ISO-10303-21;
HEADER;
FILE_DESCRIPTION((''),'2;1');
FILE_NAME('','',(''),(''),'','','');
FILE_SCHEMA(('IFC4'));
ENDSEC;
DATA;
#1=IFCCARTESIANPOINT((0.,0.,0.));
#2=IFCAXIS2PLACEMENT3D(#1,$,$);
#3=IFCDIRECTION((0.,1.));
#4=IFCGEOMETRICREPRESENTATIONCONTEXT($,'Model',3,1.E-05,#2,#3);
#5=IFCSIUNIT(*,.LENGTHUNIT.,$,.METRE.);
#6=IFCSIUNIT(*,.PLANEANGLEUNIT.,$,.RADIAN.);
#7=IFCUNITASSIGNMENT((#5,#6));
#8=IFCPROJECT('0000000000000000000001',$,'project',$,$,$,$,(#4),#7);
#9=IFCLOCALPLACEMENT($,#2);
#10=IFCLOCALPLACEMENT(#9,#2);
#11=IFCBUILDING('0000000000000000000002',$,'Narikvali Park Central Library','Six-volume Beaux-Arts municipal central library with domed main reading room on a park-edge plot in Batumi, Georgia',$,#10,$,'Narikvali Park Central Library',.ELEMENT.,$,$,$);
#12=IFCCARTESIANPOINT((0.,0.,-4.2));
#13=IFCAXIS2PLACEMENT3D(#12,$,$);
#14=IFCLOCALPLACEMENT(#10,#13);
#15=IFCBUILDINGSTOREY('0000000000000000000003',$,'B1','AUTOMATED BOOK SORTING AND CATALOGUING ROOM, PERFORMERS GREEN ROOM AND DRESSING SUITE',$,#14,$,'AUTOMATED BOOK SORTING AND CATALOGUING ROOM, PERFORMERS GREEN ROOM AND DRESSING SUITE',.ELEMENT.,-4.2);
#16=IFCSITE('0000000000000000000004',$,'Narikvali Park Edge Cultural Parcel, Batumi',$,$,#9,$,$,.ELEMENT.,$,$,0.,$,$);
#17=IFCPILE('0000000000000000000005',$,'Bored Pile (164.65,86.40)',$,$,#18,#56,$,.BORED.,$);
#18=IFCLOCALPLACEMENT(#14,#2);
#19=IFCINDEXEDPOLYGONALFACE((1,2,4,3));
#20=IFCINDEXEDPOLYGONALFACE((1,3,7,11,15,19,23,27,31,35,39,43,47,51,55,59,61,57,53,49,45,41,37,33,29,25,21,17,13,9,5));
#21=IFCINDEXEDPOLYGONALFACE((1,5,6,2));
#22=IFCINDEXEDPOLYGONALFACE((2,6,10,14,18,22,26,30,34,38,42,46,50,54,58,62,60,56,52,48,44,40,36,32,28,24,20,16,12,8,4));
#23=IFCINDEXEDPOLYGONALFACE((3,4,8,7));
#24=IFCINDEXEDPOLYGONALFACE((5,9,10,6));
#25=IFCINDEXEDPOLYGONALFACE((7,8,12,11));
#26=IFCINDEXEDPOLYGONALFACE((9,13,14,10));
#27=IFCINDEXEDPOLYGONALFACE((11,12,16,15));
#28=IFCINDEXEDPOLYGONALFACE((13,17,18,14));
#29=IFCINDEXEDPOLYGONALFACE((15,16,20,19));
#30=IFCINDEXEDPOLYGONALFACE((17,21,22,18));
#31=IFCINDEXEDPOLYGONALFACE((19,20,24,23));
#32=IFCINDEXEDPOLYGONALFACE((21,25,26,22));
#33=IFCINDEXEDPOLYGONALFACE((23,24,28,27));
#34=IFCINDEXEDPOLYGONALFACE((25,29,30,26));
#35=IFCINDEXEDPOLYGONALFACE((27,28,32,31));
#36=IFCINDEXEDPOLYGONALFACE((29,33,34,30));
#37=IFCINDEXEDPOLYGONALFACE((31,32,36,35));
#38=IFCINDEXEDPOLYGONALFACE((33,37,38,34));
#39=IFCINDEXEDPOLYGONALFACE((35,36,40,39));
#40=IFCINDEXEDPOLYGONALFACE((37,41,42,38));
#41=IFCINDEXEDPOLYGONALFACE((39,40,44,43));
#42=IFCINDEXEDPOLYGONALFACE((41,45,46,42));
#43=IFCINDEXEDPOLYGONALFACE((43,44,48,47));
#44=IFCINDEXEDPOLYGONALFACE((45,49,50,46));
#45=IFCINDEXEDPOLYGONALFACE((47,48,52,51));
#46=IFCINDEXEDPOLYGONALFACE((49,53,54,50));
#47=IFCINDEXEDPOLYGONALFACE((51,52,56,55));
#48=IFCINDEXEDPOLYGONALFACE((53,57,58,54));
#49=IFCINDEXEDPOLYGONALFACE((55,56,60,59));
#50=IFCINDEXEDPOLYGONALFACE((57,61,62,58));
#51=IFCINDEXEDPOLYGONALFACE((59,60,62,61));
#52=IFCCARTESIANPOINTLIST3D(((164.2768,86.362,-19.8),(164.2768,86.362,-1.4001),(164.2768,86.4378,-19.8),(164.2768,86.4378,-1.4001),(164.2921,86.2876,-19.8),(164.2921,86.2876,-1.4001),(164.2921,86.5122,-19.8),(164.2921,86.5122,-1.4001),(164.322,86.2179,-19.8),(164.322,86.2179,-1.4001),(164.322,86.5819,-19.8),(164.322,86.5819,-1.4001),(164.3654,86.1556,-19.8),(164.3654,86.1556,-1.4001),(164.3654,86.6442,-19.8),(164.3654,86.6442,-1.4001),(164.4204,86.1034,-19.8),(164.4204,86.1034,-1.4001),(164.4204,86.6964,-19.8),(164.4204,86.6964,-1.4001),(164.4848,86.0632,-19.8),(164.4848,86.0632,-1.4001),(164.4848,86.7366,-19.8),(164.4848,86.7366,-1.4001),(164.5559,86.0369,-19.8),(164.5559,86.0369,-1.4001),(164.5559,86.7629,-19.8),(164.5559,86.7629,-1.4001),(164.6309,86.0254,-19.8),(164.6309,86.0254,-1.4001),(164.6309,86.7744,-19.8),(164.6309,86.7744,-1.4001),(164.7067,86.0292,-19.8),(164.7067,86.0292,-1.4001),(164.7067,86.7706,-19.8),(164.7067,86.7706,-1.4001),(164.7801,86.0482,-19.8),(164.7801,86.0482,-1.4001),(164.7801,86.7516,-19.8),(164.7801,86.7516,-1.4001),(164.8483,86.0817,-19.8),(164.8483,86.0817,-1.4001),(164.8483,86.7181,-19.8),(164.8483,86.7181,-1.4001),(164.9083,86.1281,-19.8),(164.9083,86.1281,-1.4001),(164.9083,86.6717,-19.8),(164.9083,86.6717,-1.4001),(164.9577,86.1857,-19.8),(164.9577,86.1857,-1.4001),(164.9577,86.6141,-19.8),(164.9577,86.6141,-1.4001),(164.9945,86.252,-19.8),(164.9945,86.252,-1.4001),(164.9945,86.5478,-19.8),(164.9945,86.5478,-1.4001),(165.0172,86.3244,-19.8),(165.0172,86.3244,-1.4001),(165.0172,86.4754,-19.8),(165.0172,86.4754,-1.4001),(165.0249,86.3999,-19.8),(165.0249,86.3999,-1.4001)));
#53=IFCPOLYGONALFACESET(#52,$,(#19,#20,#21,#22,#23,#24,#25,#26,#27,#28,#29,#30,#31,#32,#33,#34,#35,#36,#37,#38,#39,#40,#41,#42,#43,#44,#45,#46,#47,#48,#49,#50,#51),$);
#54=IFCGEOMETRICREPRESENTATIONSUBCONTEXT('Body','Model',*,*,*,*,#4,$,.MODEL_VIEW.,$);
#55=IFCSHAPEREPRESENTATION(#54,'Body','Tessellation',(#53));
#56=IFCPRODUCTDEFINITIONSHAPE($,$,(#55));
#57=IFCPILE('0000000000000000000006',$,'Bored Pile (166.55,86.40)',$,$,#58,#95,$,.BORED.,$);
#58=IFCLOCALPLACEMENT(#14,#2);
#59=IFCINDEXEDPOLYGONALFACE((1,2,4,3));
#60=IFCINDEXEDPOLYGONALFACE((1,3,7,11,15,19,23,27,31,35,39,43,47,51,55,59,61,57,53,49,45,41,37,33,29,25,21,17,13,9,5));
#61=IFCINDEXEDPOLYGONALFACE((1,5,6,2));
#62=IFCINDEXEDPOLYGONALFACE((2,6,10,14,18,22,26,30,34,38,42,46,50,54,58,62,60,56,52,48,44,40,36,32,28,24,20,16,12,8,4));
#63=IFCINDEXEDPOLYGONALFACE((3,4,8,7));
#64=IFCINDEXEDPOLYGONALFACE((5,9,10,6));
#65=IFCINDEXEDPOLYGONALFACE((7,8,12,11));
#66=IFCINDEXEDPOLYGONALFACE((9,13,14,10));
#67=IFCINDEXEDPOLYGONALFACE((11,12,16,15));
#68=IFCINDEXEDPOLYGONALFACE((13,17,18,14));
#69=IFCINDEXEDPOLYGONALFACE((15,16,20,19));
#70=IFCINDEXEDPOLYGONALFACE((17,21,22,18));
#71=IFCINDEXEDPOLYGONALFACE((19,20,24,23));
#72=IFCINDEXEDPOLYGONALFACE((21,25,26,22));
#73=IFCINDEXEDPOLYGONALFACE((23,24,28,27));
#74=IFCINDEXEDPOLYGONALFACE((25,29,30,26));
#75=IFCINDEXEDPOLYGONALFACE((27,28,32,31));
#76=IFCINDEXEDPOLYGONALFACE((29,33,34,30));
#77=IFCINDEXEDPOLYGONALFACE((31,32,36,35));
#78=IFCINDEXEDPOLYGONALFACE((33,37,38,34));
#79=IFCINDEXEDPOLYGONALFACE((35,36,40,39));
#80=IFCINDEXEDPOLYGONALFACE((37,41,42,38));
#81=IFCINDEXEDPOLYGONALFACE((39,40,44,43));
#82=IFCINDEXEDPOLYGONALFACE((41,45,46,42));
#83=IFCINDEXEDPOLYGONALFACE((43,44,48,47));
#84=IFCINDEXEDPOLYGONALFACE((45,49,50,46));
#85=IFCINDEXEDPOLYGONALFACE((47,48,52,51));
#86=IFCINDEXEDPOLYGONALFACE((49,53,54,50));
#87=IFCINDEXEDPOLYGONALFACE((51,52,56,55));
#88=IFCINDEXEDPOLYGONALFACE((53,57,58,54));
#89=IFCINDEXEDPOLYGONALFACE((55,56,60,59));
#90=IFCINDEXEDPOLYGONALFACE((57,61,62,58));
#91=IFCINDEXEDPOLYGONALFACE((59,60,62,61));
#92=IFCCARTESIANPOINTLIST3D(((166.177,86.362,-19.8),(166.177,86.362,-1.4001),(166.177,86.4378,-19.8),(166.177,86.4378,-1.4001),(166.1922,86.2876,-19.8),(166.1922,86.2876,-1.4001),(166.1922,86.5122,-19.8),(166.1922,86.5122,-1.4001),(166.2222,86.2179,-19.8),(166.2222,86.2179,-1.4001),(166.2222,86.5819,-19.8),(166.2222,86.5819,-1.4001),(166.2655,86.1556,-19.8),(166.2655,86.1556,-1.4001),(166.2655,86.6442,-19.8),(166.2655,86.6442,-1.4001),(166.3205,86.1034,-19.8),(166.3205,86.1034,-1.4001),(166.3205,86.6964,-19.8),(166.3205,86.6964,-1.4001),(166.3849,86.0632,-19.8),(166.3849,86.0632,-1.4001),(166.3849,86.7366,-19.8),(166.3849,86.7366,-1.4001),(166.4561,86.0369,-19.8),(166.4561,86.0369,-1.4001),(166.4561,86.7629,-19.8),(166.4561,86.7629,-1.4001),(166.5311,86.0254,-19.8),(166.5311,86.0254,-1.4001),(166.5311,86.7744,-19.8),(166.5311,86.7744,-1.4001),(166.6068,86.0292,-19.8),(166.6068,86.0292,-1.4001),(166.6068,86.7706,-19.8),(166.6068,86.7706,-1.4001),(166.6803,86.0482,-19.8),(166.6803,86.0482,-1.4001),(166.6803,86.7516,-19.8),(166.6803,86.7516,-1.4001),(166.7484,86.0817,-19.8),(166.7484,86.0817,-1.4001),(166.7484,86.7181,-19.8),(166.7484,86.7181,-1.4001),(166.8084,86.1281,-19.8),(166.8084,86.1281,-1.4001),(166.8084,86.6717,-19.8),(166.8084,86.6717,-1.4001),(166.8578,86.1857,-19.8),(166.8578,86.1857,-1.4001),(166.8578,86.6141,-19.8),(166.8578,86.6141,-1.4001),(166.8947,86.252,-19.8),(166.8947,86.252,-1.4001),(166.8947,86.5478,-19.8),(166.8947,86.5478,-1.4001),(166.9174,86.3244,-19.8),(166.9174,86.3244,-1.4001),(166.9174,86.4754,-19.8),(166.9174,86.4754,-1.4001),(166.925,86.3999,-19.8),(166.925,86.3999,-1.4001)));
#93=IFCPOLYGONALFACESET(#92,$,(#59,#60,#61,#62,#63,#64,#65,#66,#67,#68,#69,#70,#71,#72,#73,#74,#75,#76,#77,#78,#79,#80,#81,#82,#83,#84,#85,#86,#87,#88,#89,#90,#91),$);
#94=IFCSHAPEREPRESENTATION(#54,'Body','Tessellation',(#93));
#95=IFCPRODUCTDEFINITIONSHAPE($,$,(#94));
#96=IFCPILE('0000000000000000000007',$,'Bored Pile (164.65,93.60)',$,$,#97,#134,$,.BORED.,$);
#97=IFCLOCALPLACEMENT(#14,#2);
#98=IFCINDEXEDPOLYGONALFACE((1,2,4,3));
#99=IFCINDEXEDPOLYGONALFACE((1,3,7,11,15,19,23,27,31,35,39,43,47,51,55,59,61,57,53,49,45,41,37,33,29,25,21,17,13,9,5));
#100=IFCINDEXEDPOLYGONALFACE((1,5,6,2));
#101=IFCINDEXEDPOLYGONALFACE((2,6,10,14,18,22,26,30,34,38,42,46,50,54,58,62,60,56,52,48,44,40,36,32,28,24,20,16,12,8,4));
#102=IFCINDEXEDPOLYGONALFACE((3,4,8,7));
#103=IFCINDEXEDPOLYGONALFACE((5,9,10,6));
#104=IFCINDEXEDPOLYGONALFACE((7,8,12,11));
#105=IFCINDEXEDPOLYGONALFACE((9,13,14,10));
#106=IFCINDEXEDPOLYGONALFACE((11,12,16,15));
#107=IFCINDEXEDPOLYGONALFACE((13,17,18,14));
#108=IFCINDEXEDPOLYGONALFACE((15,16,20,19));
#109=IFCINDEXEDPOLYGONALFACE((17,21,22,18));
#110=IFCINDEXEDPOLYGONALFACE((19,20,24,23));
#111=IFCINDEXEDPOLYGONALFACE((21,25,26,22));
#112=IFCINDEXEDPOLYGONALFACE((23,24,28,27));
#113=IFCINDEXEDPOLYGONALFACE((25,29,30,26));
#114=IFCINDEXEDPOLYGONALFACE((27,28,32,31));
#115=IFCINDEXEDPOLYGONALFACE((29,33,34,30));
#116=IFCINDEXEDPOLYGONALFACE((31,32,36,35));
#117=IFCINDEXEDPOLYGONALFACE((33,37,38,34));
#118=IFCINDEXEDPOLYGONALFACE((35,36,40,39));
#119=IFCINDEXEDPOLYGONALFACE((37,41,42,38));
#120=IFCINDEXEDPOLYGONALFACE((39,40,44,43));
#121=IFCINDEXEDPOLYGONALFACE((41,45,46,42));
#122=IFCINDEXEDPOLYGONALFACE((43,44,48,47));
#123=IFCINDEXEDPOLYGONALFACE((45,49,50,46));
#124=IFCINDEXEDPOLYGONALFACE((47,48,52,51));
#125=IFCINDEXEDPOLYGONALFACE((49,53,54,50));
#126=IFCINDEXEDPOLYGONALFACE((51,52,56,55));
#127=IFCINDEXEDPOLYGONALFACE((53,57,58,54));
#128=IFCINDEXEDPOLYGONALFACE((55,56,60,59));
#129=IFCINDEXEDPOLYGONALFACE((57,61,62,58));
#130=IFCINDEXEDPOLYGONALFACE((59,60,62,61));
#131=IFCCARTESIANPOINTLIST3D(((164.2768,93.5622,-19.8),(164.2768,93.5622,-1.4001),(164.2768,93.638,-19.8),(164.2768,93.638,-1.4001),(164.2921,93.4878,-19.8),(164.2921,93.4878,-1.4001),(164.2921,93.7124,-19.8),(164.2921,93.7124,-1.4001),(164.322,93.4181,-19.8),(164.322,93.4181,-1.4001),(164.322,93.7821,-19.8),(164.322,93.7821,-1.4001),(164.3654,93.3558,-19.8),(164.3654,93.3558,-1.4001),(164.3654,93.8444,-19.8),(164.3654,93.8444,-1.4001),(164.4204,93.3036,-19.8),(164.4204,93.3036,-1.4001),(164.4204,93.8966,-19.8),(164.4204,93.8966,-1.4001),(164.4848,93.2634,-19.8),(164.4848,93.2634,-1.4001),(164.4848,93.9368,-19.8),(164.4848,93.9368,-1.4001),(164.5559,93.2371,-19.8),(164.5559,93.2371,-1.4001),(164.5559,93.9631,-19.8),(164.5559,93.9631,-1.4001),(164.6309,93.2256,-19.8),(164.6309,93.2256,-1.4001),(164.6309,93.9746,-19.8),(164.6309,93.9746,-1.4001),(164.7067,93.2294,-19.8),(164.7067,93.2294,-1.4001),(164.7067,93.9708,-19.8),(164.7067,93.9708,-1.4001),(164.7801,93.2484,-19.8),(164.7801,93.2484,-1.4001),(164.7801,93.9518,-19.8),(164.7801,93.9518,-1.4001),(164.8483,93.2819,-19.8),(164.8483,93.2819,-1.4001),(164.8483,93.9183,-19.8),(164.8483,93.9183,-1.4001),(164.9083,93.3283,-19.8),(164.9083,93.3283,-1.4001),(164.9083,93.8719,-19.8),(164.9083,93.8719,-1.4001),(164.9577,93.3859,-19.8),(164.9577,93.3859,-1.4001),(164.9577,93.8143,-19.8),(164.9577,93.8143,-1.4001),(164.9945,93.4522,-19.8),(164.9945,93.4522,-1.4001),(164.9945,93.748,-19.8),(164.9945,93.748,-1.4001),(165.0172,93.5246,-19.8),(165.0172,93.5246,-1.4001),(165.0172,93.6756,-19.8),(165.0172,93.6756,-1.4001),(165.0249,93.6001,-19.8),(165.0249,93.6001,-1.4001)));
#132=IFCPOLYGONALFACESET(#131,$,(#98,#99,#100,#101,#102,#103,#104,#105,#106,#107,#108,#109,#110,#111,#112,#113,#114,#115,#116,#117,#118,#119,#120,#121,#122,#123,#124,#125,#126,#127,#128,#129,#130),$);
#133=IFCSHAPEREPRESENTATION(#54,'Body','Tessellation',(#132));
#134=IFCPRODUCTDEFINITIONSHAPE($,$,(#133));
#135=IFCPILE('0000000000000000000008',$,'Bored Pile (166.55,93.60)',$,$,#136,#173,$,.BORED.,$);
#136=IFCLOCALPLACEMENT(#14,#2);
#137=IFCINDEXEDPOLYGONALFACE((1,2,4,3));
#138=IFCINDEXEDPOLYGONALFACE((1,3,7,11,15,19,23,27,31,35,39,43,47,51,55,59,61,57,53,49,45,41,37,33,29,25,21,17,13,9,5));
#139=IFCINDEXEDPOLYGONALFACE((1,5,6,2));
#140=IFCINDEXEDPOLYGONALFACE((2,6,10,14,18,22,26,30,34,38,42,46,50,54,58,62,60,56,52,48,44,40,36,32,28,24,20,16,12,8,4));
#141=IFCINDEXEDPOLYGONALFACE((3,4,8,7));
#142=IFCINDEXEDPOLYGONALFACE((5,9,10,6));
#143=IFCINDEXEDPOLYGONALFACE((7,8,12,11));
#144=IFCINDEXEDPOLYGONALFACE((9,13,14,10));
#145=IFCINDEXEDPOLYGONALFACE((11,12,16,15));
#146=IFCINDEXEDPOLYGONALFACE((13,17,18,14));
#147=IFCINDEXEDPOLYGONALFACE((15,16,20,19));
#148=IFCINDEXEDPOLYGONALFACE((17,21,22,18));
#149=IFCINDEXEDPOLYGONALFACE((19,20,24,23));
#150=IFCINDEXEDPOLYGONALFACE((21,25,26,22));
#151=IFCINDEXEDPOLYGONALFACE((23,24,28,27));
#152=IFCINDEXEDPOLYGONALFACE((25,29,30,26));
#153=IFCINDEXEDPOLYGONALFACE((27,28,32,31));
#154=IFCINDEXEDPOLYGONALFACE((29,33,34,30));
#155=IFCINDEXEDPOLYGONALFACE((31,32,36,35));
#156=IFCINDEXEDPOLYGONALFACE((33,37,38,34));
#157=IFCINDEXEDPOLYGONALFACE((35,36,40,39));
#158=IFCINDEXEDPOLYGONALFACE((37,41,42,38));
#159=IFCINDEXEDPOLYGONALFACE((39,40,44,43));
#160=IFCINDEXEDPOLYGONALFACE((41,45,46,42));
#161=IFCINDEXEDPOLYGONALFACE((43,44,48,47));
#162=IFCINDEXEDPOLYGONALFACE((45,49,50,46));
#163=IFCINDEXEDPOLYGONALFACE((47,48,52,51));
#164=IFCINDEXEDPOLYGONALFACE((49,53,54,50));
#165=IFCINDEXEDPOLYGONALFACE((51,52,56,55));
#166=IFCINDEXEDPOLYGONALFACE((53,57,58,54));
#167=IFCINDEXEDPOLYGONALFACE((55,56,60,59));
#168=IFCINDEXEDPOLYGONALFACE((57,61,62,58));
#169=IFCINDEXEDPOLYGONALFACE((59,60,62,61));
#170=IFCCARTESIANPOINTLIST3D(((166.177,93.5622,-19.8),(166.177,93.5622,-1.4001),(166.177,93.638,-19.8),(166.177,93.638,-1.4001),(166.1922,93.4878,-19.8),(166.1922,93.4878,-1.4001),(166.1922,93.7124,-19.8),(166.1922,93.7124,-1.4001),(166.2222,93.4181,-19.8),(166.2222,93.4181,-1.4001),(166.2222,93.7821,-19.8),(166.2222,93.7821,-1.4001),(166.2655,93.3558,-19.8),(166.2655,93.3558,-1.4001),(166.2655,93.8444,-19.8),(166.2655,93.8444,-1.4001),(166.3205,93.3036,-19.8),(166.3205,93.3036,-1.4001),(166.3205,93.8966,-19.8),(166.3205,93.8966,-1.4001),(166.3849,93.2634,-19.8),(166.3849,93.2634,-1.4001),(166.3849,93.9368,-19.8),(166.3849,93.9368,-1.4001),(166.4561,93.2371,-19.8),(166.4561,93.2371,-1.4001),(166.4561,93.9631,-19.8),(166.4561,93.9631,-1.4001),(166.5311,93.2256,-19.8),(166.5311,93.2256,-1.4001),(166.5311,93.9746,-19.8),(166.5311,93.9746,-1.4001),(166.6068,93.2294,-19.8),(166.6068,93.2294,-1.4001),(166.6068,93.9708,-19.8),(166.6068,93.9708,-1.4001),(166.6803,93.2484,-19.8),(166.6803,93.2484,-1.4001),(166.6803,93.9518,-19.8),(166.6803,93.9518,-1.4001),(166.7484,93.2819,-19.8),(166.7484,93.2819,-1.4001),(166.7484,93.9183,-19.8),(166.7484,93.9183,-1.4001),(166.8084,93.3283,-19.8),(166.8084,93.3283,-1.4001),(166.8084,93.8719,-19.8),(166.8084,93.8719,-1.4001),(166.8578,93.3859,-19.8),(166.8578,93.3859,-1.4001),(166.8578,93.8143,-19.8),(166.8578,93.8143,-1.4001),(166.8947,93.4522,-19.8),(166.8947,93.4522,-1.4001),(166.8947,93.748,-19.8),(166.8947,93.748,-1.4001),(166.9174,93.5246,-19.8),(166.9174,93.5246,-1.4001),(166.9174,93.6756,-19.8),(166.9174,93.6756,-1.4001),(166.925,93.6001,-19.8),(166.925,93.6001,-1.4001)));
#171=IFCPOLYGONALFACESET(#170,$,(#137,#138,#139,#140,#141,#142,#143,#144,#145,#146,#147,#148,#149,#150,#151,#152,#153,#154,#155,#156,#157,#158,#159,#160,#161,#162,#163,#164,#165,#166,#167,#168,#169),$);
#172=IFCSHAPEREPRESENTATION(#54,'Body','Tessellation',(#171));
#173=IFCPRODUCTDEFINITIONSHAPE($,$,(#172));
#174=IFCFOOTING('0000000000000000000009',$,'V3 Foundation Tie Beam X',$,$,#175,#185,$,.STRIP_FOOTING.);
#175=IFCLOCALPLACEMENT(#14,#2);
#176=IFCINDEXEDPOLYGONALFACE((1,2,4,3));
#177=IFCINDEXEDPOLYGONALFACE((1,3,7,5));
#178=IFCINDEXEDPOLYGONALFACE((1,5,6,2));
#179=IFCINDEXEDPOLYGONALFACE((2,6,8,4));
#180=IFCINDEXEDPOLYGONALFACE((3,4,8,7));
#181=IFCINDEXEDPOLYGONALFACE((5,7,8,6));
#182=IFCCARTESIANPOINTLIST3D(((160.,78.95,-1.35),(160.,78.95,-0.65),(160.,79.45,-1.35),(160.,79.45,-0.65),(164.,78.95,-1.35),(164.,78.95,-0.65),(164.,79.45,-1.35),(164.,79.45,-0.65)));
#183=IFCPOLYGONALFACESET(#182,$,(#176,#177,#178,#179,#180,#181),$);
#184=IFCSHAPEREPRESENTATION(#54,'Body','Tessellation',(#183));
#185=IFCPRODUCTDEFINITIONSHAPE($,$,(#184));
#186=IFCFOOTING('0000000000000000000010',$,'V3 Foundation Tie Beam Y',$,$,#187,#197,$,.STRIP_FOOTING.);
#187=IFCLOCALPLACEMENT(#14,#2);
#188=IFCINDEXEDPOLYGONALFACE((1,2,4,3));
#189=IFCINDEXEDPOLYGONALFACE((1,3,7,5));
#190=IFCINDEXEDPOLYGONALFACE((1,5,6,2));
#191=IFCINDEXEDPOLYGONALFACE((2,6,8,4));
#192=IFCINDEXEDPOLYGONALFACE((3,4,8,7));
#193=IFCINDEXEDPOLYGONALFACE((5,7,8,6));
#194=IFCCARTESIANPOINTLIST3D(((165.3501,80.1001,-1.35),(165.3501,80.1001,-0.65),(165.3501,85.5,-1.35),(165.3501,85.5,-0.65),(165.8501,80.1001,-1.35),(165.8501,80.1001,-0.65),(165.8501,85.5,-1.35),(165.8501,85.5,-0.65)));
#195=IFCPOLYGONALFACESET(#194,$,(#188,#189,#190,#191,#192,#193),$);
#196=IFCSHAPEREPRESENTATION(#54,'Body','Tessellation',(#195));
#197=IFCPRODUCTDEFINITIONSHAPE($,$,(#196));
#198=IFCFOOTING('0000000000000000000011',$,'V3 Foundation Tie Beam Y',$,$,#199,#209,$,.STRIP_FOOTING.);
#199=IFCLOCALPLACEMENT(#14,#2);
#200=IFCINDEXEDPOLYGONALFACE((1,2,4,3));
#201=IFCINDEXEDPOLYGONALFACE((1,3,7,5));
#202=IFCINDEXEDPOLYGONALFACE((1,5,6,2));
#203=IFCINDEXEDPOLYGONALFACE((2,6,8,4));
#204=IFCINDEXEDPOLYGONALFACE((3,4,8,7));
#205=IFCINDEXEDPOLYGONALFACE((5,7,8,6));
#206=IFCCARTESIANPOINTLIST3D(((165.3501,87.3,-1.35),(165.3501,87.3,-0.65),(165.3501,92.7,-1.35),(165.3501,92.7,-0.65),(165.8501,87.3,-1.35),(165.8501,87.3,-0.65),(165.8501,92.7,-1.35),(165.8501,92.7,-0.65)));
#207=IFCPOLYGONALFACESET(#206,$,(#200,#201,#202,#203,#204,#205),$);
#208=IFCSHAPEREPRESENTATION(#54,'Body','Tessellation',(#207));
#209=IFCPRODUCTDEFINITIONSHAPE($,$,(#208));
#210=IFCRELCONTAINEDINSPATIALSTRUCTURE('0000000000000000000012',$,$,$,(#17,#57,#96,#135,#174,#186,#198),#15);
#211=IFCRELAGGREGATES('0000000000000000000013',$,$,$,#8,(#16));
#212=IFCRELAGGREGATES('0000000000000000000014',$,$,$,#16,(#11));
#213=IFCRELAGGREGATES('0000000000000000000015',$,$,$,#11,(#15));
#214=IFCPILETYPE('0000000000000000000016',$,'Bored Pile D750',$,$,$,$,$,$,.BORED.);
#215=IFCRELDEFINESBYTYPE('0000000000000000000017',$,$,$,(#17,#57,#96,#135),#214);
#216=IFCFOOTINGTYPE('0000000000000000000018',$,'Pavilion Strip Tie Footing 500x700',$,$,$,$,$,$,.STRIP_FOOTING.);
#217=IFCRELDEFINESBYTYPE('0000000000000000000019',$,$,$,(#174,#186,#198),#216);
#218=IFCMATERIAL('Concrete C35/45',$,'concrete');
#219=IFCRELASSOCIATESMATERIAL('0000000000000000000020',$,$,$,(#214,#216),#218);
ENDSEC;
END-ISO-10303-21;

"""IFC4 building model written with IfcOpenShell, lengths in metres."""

from ifc_helpers import new_model, si_unit, direction, frame, origin, origin_2d, place, context, subcontext, project, spatial, rectangle, circle, extrude, material, material_profile, profile_set, type_object, element, save


model = new_model("IFC4")

# Units and contexts
model_context = context("Model", 3, precision=1e-05, world=origin(), true_north=direction((0.0, 1.0)))
body_context = subcontext(model_context, "Body", "Model", "MODEL_VIEW")
ifc_project = project(units=[si_unit("LENGTHUNIT", "METRE"), si_unit("PLANEANGLEUNIT", "RADIAN")], contexts=[model_context])

# Site, building, storey
site_placement = place(None, origin())
site = spatial("IfcSite", under=ifc_project, at=site_placement, Name="Narikvali Park Edge Cultural Parcel, Batumi", CompositionType="ELEMENT", RefElevation=0.0)
building_placement = place(site_placement, origin())
building = spatial("IfcBuilding", under=site, at=building_placement, Name="Narikvali Park Central Library", Description="Six-volume Beaux-Arts municipal central library with domed main reading room on a park-edge plot in Batumi, Georgia", LongName="Narikvali Park Central Library", CompositionType="ELEMENT")
storey_placement = place(building_placement, frame((0.0, 0.0, -4.2)))
storey = spatial("IfcBuildingStorey", under=building, at=storey_placement, Name="B1", Description="AUTOMATED BOOK SORTING AND CATALOGUING ROOM, PERFORMERS GREEN ROOM AND DRESSING SUITE", LongName="AUTOMATED BOOK SORTING AND CATALOGUING ROOM, PERFORMERS GREEN ROOM AND DRESSING SUITE", CompositionType="ELEMENT", Elevation=-4.2)

# Piles
ifc_material_1 = material(Name="Concrete C35/45", Category="concrete")
ifc_material_profile_1 = material_profile(ifc_material_1, circle(Radius=0.375, at=origin_2d()), Name="PILE D750")
ifc_profile_set_1 = profile_set([ifc_material_profile_1], Name="Concrete C35/45")
pile_type = type_object("IfcPileType", Name="Bored Pile D750", PredefinedType="BORED", material=ifc_profile_set_1)
for number, where, z_axis, x_axis, name in (
    (1, (164.6499, 86.3999, -1.4001), (0.0, 0.0, -1.0), (1.0, 0.0, 0.0), "Bored Pile (164.65,86.40)"),
    (2, (166.55, 86.3999, -1.4001), (0.0, 0.0, -1.0), (1.0, 0.0, 0.0), "Bored Pile (166.55,86.40)"),
    (3, (164.6499, 93.6001, -1.4001), (0.0, 0.0, -1.0), (1.0, 0.0, 0.0), "Bored Pile (164.65,93.60)"),
    (4, (166.55, 93.6001, -1.4001), (0.0, 0.0, -1.0), (1.0, 0.0, 0.0), "Bored Pile (166.55,93.60)"),
):
    element("IfcPile", number, at=place(storey_placement, frame(where, z_axis=z_axis, x_axis=x_axis)), inside=storey, type_object=pile_type, Name=name, PredefinedType="BORED", context=body_context, shape_type="SweptSolid", body=[
        extrude(circle(Radius=0.375, at=origin_2d()), origin(), (0.0, 0.0, 1.0), 18.3999),
    ])

# Footings
ifc_material_profile_2 = material_profile(ifc_material_1, rectangle(XDim=0.5, YDim=0.7, at=origin_2d()), Name="RC GB 500x700")
ifc_profile_set_2 = profile_set([ifc_material_profile_2], Name="Concrete C35/45")
footing_type_1 = type_object("IfcFootingType", Name="Pavilion Strip Tie Footing 500x700", PredefinedType="STRIP_FOOTING", material=ifc_profile_set_2)
footing_placement = place(storey_placement, frame((160.0, 79.2, -1.0), z_axis=(1.0, 0.0, 0.0), x_axis=(0.0, 1.0, 0.0)))
element("IfcFooting", 5, at=footing_placement, inside=storey, type_object=footing_type_1, Name="V3 Foundation Tie Beam X", PredefinedType="STRIP_FOOTING", context=body_context, shape_type="SweptSolid", body=[
    extrude(rectangle(XDim=0.5, YDim=0.7, at=origin_2d()), origin(), (0.0, 0.0, 1.0), 4.0),
])
for number, where, z_axis, x_axis, name in (
    (6, (165.6001, 80.1001, -1.0), (0.0, 1.0, 0.0), (-1.0, 0.0, 0.0), "V3 Foundation Tie Beam Y"),
    (7, (165.6001, 87.3, -1.0), (0.0, 1.0, 0.0), (-1.0, 0.0, 0.0), "V3 Foundation Tie Beam Y"),
):
    element("IfcFooting", number, at=place(storey_placement, frame(where, z_axis=z_axis, x_axis=x_axis)), inside=storey, type_object=footing_type_1, Name=name, PredefinedType="STRIP_FOOTING", context=body_context, shape_type="SweptSolid", body=[
        extrude(rectangle(XDim=0.5, YDim=0.7, at=origin_2d()), origin(), (0.0, 0.0, 1.0), 5.3999),
    ])

save(model, "model.ifc")
